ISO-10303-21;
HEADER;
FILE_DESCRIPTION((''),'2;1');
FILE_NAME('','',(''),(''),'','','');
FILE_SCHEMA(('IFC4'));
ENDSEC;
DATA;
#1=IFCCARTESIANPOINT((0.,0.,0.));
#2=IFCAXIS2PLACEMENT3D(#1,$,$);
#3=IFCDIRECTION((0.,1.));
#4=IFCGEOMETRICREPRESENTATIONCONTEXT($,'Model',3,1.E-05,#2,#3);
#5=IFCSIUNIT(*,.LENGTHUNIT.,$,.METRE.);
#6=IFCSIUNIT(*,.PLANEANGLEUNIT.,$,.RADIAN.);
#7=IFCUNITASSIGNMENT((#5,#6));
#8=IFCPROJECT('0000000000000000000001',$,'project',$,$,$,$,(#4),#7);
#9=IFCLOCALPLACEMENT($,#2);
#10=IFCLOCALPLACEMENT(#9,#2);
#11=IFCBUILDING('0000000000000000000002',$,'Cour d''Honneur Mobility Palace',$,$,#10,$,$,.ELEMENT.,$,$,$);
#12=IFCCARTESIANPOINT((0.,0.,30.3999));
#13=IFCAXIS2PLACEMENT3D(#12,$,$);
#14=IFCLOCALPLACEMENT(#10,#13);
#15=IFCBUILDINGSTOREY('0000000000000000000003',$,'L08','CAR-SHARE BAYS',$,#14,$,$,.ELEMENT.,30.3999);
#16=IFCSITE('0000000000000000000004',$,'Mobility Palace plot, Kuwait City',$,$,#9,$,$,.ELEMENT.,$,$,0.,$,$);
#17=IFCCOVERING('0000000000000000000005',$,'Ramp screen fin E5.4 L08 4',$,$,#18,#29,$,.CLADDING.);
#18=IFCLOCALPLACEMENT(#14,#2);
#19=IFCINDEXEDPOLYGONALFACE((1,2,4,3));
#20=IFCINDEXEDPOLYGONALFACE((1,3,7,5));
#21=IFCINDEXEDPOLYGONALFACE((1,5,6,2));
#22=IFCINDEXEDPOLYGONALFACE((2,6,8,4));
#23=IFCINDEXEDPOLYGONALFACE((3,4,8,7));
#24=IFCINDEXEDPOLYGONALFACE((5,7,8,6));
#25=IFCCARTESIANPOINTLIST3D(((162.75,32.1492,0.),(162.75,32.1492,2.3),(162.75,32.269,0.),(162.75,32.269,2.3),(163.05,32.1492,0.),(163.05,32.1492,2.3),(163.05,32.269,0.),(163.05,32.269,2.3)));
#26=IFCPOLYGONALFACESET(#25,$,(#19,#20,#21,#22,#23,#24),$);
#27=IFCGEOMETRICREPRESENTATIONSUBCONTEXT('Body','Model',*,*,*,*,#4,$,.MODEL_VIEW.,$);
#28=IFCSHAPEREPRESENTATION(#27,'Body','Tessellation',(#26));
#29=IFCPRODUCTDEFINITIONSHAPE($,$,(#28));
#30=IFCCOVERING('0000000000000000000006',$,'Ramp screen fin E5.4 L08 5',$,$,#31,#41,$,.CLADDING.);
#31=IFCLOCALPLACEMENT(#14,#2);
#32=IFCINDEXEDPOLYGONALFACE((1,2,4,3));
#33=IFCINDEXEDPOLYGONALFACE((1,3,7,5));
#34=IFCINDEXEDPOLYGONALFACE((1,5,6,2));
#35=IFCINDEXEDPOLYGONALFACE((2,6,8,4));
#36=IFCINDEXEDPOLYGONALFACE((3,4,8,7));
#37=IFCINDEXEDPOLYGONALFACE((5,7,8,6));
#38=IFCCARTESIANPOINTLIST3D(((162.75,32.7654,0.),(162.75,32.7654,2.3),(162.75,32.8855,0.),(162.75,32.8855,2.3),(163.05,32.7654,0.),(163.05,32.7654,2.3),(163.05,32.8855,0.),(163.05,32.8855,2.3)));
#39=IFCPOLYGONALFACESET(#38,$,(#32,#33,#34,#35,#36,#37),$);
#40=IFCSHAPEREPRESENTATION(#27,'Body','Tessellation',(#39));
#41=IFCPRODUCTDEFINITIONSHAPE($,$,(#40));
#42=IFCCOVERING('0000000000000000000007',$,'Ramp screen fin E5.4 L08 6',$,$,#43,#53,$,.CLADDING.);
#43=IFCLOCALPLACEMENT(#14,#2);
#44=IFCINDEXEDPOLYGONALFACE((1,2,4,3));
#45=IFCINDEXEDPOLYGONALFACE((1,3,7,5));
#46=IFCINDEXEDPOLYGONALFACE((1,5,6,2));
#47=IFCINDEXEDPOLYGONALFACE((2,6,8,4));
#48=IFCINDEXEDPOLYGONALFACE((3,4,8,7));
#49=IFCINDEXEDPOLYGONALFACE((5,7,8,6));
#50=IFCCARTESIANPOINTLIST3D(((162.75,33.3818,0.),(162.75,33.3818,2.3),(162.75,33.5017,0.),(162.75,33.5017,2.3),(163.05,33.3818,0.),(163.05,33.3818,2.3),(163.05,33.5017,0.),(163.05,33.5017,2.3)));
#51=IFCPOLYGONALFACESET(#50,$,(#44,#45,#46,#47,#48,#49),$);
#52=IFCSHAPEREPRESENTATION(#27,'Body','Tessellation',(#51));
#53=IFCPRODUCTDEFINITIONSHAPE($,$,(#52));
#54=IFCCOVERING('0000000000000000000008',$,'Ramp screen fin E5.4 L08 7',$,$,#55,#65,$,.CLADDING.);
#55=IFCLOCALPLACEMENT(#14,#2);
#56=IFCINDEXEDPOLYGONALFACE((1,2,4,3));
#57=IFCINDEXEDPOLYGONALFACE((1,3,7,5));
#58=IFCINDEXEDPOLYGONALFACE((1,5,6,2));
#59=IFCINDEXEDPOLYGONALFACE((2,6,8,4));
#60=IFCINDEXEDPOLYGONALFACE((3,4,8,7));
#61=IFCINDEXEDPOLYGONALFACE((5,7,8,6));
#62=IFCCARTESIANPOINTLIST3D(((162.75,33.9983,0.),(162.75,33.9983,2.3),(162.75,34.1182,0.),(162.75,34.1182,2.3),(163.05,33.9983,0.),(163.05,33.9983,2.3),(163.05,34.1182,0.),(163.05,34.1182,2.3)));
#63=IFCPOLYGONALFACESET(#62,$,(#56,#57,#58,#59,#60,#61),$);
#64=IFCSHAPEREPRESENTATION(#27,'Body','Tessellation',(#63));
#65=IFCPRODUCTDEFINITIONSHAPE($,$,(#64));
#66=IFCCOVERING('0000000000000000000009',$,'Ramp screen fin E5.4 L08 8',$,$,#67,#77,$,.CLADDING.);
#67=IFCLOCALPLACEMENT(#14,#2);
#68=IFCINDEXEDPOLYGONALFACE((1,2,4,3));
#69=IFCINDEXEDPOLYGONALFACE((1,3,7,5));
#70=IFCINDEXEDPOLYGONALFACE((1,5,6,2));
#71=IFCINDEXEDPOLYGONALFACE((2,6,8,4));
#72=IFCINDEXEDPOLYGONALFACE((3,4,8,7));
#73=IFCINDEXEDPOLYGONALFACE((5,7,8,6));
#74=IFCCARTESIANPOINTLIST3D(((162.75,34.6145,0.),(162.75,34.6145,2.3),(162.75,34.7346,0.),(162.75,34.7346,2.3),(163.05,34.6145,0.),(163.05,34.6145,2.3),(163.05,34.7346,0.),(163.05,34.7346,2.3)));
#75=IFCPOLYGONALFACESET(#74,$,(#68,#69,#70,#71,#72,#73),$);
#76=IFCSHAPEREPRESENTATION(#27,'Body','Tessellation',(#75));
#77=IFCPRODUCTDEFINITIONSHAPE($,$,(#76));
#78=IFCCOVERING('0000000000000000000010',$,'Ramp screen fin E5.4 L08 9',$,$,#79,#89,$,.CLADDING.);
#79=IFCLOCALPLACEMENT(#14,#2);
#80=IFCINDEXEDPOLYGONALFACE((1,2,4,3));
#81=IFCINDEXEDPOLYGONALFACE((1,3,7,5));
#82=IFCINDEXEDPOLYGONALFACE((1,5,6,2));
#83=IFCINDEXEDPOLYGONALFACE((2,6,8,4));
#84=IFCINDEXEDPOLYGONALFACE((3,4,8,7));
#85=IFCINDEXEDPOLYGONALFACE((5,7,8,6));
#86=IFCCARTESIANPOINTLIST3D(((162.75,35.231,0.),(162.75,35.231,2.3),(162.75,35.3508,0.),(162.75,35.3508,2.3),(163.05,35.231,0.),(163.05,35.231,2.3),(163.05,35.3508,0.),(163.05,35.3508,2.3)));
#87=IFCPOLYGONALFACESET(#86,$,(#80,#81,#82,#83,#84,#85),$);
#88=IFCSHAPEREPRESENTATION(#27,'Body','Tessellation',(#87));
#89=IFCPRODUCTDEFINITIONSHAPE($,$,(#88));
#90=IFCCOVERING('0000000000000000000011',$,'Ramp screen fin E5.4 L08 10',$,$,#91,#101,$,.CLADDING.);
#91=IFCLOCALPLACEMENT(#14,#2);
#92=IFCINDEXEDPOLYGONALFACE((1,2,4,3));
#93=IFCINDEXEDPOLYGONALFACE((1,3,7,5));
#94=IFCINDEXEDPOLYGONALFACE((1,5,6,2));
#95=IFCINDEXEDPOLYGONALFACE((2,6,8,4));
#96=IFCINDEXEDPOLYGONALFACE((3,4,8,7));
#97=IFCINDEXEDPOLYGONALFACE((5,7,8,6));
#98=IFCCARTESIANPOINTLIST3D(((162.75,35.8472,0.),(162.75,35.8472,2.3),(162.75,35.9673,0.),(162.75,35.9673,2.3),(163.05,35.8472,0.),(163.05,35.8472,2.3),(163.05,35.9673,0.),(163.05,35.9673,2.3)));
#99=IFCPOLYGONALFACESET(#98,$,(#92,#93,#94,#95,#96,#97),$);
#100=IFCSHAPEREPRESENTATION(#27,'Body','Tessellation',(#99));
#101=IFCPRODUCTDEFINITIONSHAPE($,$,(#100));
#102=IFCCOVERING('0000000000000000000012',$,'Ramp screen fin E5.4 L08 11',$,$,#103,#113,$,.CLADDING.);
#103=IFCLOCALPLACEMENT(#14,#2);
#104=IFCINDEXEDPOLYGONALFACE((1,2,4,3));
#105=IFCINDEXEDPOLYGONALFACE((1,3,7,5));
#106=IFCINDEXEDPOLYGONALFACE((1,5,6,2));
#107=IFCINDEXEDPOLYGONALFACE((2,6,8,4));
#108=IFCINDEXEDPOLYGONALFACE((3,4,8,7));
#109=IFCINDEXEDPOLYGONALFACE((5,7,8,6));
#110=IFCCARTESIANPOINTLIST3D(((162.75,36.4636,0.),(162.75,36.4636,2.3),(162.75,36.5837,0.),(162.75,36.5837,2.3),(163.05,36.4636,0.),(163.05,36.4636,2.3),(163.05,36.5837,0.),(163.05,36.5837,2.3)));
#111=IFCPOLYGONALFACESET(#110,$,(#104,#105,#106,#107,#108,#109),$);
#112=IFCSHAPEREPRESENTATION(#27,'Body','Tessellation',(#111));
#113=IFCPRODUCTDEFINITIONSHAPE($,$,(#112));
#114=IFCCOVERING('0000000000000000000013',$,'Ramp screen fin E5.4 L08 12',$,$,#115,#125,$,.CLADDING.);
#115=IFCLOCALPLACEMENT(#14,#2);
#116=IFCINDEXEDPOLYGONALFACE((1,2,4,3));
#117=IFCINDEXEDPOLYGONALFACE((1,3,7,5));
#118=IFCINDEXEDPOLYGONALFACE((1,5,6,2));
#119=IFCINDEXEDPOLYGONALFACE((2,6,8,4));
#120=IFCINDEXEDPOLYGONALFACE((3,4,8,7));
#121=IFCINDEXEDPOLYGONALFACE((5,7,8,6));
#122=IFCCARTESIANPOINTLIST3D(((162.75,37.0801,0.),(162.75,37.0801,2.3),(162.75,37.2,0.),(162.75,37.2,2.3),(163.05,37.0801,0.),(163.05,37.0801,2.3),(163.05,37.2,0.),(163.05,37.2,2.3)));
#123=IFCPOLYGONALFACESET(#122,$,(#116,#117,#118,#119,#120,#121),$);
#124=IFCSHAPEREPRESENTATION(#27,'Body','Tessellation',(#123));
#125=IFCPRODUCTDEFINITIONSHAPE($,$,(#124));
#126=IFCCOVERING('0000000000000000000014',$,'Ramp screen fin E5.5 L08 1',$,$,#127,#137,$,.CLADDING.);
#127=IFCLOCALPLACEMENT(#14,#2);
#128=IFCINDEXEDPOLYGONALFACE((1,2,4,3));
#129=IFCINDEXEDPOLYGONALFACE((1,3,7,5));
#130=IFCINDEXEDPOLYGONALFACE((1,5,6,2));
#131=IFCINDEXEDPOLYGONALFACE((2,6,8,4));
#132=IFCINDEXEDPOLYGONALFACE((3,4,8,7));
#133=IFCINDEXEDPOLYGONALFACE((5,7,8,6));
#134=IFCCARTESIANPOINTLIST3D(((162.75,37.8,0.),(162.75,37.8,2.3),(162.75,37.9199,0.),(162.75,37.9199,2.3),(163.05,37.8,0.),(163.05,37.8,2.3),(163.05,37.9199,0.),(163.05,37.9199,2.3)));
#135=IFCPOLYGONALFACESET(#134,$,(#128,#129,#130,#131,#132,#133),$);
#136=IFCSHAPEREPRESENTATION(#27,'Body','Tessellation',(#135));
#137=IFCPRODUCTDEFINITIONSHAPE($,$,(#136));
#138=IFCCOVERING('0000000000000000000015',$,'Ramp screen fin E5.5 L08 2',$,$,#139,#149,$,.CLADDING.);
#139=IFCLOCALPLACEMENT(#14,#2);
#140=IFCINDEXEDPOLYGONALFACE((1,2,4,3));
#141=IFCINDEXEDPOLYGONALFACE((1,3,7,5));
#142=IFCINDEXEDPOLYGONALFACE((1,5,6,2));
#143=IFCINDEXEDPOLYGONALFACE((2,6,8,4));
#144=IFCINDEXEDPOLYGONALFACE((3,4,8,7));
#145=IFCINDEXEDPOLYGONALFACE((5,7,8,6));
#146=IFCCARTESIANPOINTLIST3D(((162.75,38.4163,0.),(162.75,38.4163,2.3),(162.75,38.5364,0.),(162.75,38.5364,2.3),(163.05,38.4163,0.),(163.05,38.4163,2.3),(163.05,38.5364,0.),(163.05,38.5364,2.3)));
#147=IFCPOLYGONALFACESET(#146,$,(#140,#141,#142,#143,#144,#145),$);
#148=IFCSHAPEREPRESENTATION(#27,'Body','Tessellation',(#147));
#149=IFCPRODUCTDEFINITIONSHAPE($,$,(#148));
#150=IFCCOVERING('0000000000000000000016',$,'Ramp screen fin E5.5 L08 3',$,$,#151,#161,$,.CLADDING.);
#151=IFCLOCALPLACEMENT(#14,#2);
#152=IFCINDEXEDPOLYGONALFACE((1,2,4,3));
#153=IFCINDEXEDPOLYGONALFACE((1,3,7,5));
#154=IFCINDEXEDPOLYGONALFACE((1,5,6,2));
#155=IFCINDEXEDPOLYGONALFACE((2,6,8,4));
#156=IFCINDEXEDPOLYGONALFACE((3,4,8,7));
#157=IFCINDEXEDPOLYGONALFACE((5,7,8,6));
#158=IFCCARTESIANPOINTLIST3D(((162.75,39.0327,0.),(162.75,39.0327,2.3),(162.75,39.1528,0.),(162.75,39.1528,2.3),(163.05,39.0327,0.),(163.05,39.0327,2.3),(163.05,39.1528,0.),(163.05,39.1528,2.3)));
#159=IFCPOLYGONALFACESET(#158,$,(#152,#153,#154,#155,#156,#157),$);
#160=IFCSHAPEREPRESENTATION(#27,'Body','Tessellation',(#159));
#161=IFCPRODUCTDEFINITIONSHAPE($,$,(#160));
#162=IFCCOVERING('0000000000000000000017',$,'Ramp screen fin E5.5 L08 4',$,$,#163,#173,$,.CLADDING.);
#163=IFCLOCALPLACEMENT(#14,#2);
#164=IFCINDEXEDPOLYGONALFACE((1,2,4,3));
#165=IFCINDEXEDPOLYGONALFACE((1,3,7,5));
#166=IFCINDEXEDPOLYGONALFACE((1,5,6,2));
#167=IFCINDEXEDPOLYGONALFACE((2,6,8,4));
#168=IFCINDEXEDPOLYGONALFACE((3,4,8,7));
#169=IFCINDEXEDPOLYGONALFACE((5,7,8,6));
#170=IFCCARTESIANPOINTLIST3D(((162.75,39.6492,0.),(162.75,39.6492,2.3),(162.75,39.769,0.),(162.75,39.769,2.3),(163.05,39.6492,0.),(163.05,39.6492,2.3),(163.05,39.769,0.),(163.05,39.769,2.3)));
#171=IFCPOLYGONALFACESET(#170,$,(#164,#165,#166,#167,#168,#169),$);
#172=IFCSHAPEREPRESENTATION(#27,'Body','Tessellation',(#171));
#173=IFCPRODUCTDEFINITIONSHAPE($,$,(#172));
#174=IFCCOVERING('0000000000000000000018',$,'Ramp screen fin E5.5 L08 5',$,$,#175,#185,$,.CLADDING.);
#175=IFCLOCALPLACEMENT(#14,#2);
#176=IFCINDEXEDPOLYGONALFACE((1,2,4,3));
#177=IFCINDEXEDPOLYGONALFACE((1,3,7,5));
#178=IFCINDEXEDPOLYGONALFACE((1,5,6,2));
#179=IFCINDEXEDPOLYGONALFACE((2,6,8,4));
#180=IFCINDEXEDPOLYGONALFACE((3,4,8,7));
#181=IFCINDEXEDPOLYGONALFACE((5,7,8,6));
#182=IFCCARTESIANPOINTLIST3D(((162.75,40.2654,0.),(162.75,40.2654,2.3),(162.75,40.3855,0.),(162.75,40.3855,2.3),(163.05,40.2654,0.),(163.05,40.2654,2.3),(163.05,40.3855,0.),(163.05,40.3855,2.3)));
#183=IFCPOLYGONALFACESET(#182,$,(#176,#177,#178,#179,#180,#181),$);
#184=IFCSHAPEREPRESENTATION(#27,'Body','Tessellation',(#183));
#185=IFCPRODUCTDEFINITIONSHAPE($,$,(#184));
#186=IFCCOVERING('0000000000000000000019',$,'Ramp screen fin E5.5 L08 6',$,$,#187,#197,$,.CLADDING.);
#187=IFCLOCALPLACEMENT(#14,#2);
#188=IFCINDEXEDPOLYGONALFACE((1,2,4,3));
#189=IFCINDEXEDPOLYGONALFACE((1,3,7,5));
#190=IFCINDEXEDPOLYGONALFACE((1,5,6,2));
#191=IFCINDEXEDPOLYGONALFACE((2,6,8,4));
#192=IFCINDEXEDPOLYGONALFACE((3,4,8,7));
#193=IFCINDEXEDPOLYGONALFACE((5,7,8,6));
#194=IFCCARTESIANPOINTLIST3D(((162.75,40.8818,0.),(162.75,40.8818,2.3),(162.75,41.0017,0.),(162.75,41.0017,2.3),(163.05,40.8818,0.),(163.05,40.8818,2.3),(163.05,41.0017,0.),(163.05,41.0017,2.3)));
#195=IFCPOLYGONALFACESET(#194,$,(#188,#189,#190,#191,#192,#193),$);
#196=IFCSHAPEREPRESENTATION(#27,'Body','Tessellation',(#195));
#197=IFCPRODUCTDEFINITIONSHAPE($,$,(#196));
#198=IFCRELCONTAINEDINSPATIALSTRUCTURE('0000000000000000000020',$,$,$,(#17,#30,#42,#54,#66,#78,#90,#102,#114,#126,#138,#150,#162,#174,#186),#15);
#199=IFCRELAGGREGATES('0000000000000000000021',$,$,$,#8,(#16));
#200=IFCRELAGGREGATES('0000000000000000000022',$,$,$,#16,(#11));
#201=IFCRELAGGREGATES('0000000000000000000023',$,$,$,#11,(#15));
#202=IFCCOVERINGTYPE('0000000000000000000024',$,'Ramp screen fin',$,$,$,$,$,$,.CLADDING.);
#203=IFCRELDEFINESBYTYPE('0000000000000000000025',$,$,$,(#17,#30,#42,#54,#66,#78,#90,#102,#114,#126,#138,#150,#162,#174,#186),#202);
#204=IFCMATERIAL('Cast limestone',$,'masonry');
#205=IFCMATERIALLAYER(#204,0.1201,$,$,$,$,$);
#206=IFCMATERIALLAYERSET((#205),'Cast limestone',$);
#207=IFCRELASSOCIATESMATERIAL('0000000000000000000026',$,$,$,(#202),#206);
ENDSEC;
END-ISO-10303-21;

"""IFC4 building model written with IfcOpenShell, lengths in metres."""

from ifc_helpers import new_model, si_unit, direction, frame, origin, place, context, subcontext, project, spatial, polyline, outline, extrude, material, layer, layer_set, type_object, element, save


model = new_model("IFC4")

# Units and contexts
model_context = context("Model", 3, precision=1e-05, world=origin(), true_north=direction((0.0, 1.0)))
body_context = subcontext(model_context, "Body", "Model", "MODEL_VIEW")
ifc_project = project(units=[si_unit("LENGTHUNIT", "METRE"), si_unit("PLANEANGLEUNIT", "RADIAN")], contexts=[model_context])

# Site, building, storey
site_placement = place(None, origin())
site = spatial("IfcSite", under=ifc_project, at=site_placement, Name="Mobility Palace plot, Kuwait City", CompositionType="ELEMENT", RefElevation=0.0)
building_placement = place(site_placement, origin())
building = spatial("IfcBuilding", under=site, at=building_placement, Name="Cour d'Honneur Mobility Palace", CompositionType="ELEMENT")
storey_placement = place(building_placement, frame((0.0, 0.0, 30.3999)))
storey = spatial("IfcBuildingStorey", under=building, at=storey_placement, Name="L08", Description="CAR-SHARE BAYS", CompositionType="ELEMENT", Elevation=30.3999)

# Coverings
ifc_material = material(Name="Cast limestone", Category="masonry")
ifc_layer = layer(ifc_material, 0.1201)
ifc_layer_set = layer_set([ifc_layer], Name="Cast limestone")
covering_type = type_object("IfcCoveringType", Name="Ramp screen fin", PredefinedType="CLADDING", material=ifc_layer_set)
covering_1_placement = place(storey_placement, origin())
element("IfcCovering", 1, at=covering_1_placement, inside=storey, type_object=covering_type, Name="Ramp screen fin E5.4 L08 4", PredefinedType="CLADDING", context=body_context, shape_type="SweptSolid", body=[
    extrude(outline(polyline([(162.75, 32.1492), (162.75, 32.269), (163.05, 32.269), (163.05, 32.1492), (162.75, 32.1492)])), origin(), (0.0, 0.0, 1.0), 2.3),
])
covering_2_placement = place(storey_placement, origin())
element("IfcCovering", 2, at=covering_2_placement, inside=storey, type_object=covering_type, Name="Ramp screen fin E5.4 L08 5", PredefinedType="CLADDING", context=body_context, shape_type="SweptSolid", body=[
    extrude(outline(polyline([(162.75, 32.7654), (162.75, 32.8855), (163.05, 32.8855), (163.05, 32.7654), (162.75, 32.7654)])), origin(), (0.0, 0.0, 1.0), 2.3),
])
covering_3_placement = place(storey_placement, origin())
element("IfcCovering", 3, at=covering_3_placement, inside=storey, type_object=covering_type, Name="Ramp screen fin E5.4 L08 6", PredefinedType="CLADDING", context=body_context, shape_type="SweptSolid", body=[
    extrude(outline(polyline([(162.75, 33.3818), (162.75, 33.5017), (163.05, 33.5017), (163.05, 33.3818), (162.75, 33.3818)])), origin(), (0.0, 0.0, 1.0), 2.3),
])
covering_4_placement = place(storey_placement, origin())
element("IfcCovering", 4, at=covering_4_placement, inside=storey, type_object=covering_type, Name="Ramp screen fin E5.4 L08 7", PredefinedType="CLADDING", context=body_context, shape_type="SweptSolid", body=[
    extrude(outline(polyline([(162.75, 33.9983), (162.75, 34.1182), (163.05, 34.1182), (163.05, 33.9983), (162.75, 33.9983)])), origin(), (0.0, 0.0, 1.0), 2.3),
])
covering_5_placement = place(storey_placement, origin())
element("IfcCovering", 5, at=covering_5_placement, inside=storey, type_object=covering_type, Name="Ramp screen fin E5.4 L08 8", PredefinedType="CLADDING", context=body_context, shape_type="SweptSolid", body=[
    extrude(outline(polyline([(162.75, 34.6145), (162.75, 34.7346), (163.05, 34.7346), (163.05, 34.6145), (162.75, 34.6145)])), origin(), (0.0, 0.0, 1.0), 2.3),
])
covering_6_placement = place(storey_placement, origin())
element("IfcCovering", 6, at=covering_6_placement, inside=storey, type_object=covering_type, Name="Ramp screen fin E5.4 L08 9", PredefinedType="CLADDING", context=body_context, shape_type="SweptSolid", body=[
    extrude(outline(polyline([(162.75, 35.231), (162.75, 35.3508), (163.05, 35.3508), (163.05, 35.231), (162.75, 35.231)])), origin(), (0.0, 0.0, 1.0), 2.3),
])
covering_7_placement = place(storey_placement, origin())
element("IfcCovering", 7, at=covering_7_placement, inside=storey, type_object=covering_type, Name="Ramp screen fin E5.4 L08 10", PredefinedType="CLADDING", context=body_context, shape_type="SweptSolid", body=[
    extrude(outline(polyline([(162.75, 35.8472), (162.75, 35.9673), (163.05, 35.9673), (163.05, 35.8472), (162.75, 35.8472)])), origin(), (0.0, 0.0, 1.0), 2.3),
])
covering_8_placement = place(storey_placement, origin())
element("IfcCovering", 8, at=covering_8_placement, inside=storey, type_object=covering_type, Name="Ramp screen fin E5.4 L08 11", PredefinedType="CLADDING", context=body_context, shape_type="SweptSolid", body=[
    extrude(outline(polyline([(162.75, 36.4636), (162.75, 36.5837), (163.05, 36.5837), (163.05, 36.4636), (162.75, 36.4636)])), origin(), (0.0, 0.0, 1.0), 2.3),
])
covering_9_placement = place(storey_placement, origin())
element("IfcCovering", 9, at=covering_9_placement, inside=storey, type_object=covering_type, Name="Ramp screen fin E5.4 L08 12", PredefinedType="CLADDING", context=body_context, shape_type="SweptSolid", body=[
    extrude(outline(polyline([(162.75, 37.0801), (162.75, 37.2), (163.05, 37.2), (163.05, 37.0801), (162.75, 37.0801)])), origin(), (0.0, 0.0, 1.0), 2.3),
])
covering_10_placement = place(storey_placement, origin())
element("IfcCovering", 10, at=covering_10_placement, inside=storey, type_object=covering_type, Name="Ramp screen fin E5.5 L08 1", PredefinedType="CLADDING", context=body_context, shape_type="SweptSolid", body=[
    extrude(outline(polyline([(162.75, 37.8), (162.75, 37.9199), (163.05, 37.9199), (163.05, 37.8), (162.75, 37.8)])), origin(), (0.0, 0.0, 1.0), 2.3),
])
covering_11_placement = place(storey_placement, origin())
element("IfcCovering", 11, at=covering_11_placement, inside=storey, type_object=covering_type, Name="Ramp screen fin E5.5 L08 2", PredefinedType="CLADDING", context=body_context, shape_type="SweptSolid", body=[
    extrude(outline(polyline([(162.75, 38.4163), (162.75, 38.5364), (163.05, 38.5364), (163.05, 38.4163), (162.75, 38.4163)])), origin(), (0.0, 0.0, 1.0), 2.3),
])
covering_12_placement = place(storey_placement, origin())
element("IfcCovering", 12, at=covering_12_placement, inside=storey, type_object=covering_type, Name="Ramp screen fin E5.5 L08 3", PredefinedType="CLADDING", context=body_context, shape_type="SweptSolid", body=[
    extrude(outline(polyline([(162.75, 39.0327), (162.75, 39.1528), (163.05, 39.1528), (163.05, 39.0327), (162.75, 39.0327)])), origin(), (0.0, 0.0, 1.0), 2.3),
])
covering_13_placement = place(storey_placement, origin())
element("IfcCovering", 13, at=covering_13_placement, inside=storey, type_object=covering_type, Name="Ramp screen fin E5.5 L08 4", PredefinedType="CLADDING", context=body_context, shape_type="SweptSolid", body=[
    extrude(outline(polyline([(162.75, 39.6492), (162.75, 39.769), (163.05, 39.769), (163.05, 39.6492), (162.75, 39.6492)])), origin(), (0.0, 0.0, 1.0), 2.3),
])
covering_14_placement = place(storey_placement, origin())
element("IfcCovering", 14, at=covering_14_placement, inside=storey, type_object=covering_type, Name="Ramp screen fin E5.5 L08 5", PredefinedType="CLADDING", context=body_context, shape_type="SweptSolid", body=[
    extrude(outline(polyline([(162.75, 40.2654), (162.75, 40.3855), (163.05, 40.3855), (163.05, 40.2654), (162.75, 40.2654)])), origin(), (0.0, 0.0, 1.0), 2.3),
])
covering_15_placement = place(storey_placement, origin())
element("IfcCovering", 15, at=covering_15_placement, inside=storey, type_object=covering_type, Name="Ramp screen fin E5.5 L08 6", PredefinedType="CLADDING", context=body_context, shape_type="SweptSolid", body=[
    extrude(outline(polyline([(162.75, 40.8818), (162.75, 41.0017), (163.05, 41.0017), (163.05, 40.8818), (162.75, 40.8818)])), origin(), (0.0, 0.0, 1.0), 2.3),
])

save(model, "model.ifc")
